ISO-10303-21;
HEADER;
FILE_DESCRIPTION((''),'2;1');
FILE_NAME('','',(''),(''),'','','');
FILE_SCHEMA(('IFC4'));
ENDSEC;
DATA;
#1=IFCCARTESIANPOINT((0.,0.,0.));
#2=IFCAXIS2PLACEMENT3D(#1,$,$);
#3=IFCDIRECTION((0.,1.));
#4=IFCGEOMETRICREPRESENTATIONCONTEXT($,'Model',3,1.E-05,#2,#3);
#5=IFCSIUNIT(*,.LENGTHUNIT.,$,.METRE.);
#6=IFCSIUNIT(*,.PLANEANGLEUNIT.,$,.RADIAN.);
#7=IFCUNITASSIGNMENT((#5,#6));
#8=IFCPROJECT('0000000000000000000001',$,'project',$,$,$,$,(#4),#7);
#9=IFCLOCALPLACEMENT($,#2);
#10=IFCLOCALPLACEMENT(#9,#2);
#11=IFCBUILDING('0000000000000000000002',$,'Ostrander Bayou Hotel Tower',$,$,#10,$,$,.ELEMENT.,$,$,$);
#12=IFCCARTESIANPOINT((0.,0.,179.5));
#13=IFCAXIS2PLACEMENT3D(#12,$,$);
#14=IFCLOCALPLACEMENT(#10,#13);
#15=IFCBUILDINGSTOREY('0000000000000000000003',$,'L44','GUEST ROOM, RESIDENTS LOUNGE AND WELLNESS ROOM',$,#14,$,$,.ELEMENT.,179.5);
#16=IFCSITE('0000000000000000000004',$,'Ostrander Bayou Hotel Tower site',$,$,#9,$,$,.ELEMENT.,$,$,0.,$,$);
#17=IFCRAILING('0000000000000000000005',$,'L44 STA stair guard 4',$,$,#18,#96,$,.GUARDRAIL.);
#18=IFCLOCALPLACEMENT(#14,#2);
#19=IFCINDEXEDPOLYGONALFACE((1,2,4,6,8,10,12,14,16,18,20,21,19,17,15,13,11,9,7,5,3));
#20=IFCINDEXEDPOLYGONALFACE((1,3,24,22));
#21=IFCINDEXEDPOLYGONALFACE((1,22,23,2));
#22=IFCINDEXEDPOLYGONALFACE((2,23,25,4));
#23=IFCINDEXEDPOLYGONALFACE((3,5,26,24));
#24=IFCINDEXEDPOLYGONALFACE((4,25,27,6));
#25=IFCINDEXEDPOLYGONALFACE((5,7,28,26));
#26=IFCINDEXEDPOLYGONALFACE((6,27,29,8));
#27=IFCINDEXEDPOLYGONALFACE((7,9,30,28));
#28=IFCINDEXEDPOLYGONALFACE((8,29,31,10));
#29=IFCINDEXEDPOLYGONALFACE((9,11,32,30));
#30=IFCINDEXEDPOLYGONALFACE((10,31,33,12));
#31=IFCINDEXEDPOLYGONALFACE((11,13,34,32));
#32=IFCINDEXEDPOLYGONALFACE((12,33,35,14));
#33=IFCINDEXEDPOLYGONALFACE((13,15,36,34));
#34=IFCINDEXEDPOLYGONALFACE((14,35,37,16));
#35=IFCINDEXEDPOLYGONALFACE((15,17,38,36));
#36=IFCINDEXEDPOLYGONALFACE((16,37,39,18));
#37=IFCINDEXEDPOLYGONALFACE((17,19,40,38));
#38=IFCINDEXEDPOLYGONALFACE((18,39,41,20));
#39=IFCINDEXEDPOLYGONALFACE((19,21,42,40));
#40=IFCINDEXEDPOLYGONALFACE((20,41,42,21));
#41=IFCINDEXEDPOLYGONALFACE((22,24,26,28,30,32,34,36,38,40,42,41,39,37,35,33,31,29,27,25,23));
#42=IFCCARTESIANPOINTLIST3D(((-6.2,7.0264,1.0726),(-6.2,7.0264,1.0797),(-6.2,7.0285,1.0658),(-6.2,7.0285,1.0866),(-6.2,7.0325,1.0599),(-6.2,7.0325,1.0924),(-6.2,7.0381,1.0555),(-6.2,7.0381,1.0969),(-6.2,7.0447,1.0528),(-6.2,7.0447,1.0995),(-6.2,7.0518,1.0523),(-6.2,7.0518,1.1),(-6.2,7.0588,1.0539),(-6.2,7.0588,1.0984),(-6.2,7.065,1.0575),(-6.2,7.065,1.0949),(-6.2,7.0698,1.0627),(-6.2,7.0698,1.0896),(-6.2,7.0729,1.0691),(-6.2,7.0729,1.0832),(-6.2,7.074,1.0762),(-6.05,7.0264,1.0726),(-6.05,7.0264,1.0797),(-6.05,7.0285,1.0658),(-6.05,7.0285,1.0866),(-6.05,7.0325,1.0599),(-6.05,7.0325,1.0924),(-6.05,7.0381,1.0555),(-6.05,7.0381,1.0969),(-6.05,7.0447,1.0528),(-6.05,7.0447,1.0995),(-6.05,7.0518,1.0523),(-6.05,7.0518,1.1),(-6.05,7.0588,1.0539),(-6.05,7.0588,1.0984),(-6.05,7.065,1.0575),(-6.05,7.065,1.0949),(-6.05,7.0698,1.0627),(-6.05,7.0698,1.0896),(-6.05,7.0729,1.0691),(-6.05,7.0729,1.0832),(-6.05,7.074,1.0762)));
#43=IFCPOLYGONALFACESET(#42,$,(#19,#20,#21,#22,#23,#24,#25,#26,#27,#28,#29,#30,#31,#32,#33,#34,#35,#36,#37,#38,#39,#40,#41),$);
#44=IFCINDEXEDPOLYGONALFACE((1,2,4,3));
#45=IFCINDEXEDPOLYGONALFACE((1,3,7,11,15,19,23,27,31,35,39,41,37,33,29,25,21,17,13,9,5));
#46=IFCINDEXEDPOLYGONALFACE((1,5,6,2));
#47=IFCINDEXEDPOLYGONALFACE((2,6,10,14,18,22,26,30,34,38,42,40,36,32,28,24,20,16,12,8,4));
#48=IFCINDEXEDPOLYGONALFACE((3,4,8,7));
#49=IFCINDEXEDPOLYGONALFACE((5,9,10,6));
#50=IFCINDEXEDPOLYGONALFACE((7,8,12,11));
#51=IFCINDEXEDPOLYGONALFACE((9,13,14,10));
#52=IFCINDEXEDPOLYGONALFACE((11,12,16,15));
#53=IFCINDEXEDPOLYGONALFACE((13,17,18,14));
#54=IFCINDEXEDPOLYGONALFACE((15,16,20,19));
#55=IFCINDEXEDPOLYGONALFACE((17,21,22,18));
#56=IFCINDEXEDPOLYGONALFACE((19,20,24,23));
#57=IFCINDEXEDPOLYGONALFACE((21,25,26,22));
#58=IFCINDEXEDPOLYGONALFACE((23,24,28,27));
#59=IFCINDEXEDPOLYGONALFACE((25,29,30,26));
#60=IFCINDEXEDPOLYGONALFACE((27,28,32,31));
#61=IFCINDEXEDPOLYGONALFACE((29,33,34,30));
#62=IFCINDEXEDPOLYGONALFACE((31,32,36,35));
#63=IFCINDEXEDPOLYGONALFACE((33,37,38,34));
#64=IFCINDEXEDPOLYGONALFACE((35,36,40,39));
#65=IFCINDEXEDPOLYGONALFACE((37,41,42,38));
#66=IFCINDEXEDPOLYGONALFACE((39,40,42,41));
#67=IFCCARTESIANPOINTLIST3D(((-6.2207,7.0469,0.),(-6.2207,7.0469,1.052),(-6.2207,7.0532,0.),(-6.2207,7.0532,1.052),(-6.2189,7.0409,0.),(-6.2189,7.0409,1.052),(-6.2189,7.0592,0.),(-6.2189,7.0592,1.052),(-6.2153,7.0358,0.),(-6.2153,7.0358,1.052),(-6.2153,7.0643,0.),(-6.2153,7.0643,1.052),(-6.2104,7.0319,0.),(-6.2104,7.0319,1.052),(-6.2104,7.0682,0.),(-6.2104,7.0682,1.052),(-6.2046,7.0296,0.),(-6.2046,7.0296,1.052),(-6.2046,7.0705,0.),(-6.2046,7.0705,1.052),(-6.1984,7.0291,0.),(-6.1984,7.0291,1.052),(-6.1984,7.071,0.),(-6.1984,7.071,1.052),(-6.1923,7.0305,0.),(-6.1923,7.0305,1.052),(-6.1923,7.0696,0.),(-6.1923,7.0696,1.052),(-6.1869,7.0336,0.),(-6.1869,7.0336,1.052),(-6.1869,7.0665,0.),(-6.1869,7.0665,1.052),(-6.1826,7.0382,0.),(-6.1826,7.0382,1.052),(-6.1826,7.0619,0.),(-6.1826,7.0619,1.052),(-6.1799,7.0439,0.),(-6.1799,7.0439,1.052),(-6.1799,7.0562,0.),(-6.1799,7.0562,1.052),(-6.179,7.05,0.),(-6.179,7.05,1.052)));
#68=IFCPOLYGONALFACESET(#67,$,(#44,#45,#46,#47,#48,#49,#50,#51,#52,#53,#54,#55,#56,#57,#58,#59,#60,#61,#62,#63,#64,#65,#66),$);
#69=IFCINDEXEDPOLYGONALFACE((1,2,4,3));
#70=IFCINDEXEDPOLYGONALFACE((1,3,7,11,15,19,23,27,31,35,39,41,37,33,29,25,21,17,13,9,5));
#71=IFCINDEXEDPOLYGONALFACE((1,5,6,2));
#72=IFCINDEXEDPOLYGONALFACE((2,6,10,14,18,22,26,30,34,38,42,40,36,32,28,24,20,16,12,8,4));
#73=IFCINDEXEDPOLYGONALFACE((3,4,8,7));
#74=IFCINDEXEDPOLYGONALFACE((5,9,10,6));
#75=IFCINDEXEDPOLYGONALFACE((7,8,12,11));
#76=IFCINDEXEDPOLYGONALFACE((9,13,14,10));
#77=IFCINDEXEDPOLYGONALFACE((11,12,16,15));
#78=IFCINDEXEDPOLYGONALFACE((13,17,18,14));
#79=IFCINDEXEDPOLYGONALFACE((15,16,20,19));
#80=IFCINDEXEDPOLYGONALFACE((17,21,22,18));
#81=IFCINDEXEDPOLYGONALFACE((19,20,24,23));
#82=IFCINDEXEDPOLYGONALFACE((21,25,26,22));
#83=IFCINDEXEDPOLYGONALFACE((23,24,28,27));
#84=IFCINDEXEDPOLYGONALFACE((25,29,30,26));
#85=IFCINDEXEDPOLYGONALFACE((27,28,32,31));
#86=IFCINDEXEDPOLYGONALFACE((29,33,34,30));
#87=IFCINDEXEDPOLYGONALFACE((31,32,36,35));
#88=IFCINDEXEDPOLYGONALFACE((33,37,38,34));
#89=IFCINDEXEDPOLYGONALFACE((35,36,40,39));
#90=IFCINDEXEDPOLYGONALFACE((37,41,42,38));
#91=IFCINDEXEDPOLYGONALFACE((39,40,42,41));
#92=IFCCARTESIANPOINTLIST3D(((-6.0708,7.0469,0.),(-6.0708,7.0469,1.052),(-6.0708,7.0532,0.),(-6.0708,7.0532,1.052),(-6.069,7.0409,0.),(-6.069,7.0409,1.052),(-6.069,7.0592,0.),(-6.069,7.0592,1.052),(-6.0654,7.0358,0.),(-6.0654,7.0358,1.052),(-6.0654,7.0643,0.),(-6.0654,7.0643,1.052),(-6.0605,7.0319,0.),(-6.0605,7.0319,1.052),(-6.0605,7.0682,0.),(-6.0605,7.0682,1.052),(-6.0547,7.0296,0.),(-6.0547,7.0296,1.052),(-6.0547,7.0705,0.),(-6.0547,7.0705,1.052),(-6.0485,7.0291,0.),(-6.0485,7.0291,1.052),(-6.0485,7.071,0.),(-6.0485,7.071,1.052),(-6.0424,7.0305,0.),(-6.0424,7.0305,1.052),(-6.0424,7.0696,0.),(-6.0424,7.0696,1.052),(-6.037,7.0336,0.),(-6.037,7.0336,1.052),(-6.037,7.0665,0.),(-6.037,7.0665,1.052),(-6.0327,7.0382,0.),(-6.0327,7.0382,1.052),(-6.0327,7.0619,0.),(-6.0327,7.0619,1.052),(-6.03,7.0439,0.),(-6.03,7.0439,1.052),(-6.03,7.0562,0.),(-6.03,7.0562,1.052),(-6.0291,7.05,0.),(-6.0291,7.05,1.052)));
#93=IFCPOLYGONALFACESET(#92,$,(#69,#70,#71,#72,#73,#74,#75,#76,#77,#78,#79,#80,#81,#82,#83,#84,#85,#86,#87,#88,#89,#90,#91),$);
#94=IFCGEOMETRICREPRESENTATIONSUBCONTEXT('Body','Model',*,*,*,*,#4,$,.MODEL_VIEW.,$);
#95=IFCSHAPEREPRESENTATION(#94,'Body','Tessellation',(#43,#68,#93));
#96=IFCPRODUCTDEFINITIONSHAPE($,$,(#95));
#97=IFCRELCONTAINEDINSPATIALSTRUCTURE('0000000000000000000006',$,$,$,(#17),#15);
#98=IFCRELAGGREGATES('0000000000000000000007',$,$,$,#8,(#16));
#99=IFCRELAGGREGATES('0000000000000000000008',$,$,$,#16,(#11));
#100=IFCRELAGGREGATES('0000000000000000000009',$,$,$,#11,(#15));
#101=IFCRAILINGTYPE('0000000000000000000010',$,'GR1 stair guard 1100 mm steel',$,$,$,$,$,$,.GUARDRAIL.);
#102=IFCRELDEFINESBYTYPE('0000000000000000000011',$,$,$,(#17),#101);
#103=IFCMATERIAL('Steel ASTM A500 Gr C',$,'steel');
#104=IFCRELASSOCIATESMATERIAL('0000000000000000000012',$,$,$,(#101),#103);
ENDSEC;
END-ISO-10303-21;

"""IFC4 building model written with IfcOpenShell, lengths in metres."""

from ifc_helpers import new_model, si_unit, direction, frame, origin, origin_2d, place, context, subcontext, project, spatial, circle, extrude, material, type_object, element, save


model = new_model("IFC4")

# Units and contexts
model_context = context("Model", 3, precision=1e-05, world=origin(), true_north=direction((0.0, 1.0)))
body_context = subcontext(model_context, "Body", "Model", "MODEL_VIEW")
ifc_project = project(units=[si_unit("LENGTHUNIT", "METRE"), si_unit("PLANEANGLEUNIT", "RADIAN")], contexts=[model_context])

# Site, building, storey
site_placement = place(None, origin())
site = spatial("IfcSite", under=ifc_project, at=site_placement, Name="Ostrander Bayou Hotel Tower site", CompositionType="ELEMENT", RefElevation=0.0)
building_placement = place(site_placement, origin())
building = spatial("IfcBuilding", under=site, at=building_placement, Name="Ostrander Bayou Hotel Tower", CompositionType="ELEMENT")
storey_placement = place(building_placement, frame((0.0, 0.0, 179.5)))
storey = spatial("IfcBuildingStorey", under=building, at=storey_placement, Name="L44", Description="GUEST ROOM, RESIDENTS LOUNGE AND WELLNESS ROOM", CompositionType="ELEMENT", Elevation=179.5)

# Railing
ifc_material_1 = material(Name="Steel ASTM A500 Gr C", Category="steel")
railing_type_1 = type_object("IfcRailingType", Name="GR1 stair guard 1100 mm steel", PredefinedType="GUARDRAIL", material=ifc_material_1)
railing_1_placement = place(storey_placement, frame((-6.2, 7.05, 0.0)))
element("IfcRailing", 1, at=railing_1_placement, inside=storey, type_object=railing_type_1, Name="L44 STA stair guard 4", PredefinedType="GUARDRAIL", context=body_context, shape_type="SweptSolid", body=[
    extrude(circle(Radius=0.0239, at=origin_2d()), frame((0.0, 0.0, 1.0762), z_axis=(1.0, 0.0, 0.0), x_axis=(0.0, 1.0, 0.0)), (0.0, 0.0, 1.0), 0.1499),
    extrude(circle(Radius=0.021, at=origin_2d()), origin(), (0.0, 0.0, 1.0), 1.052),
    extrude(circle(Radius=0.021, at=origin_2d()), frame((0.1499, 0.0, 0.0)), (0.0, 0.0, 1.0), 1.052),
])

save(model, "model.ifc")
